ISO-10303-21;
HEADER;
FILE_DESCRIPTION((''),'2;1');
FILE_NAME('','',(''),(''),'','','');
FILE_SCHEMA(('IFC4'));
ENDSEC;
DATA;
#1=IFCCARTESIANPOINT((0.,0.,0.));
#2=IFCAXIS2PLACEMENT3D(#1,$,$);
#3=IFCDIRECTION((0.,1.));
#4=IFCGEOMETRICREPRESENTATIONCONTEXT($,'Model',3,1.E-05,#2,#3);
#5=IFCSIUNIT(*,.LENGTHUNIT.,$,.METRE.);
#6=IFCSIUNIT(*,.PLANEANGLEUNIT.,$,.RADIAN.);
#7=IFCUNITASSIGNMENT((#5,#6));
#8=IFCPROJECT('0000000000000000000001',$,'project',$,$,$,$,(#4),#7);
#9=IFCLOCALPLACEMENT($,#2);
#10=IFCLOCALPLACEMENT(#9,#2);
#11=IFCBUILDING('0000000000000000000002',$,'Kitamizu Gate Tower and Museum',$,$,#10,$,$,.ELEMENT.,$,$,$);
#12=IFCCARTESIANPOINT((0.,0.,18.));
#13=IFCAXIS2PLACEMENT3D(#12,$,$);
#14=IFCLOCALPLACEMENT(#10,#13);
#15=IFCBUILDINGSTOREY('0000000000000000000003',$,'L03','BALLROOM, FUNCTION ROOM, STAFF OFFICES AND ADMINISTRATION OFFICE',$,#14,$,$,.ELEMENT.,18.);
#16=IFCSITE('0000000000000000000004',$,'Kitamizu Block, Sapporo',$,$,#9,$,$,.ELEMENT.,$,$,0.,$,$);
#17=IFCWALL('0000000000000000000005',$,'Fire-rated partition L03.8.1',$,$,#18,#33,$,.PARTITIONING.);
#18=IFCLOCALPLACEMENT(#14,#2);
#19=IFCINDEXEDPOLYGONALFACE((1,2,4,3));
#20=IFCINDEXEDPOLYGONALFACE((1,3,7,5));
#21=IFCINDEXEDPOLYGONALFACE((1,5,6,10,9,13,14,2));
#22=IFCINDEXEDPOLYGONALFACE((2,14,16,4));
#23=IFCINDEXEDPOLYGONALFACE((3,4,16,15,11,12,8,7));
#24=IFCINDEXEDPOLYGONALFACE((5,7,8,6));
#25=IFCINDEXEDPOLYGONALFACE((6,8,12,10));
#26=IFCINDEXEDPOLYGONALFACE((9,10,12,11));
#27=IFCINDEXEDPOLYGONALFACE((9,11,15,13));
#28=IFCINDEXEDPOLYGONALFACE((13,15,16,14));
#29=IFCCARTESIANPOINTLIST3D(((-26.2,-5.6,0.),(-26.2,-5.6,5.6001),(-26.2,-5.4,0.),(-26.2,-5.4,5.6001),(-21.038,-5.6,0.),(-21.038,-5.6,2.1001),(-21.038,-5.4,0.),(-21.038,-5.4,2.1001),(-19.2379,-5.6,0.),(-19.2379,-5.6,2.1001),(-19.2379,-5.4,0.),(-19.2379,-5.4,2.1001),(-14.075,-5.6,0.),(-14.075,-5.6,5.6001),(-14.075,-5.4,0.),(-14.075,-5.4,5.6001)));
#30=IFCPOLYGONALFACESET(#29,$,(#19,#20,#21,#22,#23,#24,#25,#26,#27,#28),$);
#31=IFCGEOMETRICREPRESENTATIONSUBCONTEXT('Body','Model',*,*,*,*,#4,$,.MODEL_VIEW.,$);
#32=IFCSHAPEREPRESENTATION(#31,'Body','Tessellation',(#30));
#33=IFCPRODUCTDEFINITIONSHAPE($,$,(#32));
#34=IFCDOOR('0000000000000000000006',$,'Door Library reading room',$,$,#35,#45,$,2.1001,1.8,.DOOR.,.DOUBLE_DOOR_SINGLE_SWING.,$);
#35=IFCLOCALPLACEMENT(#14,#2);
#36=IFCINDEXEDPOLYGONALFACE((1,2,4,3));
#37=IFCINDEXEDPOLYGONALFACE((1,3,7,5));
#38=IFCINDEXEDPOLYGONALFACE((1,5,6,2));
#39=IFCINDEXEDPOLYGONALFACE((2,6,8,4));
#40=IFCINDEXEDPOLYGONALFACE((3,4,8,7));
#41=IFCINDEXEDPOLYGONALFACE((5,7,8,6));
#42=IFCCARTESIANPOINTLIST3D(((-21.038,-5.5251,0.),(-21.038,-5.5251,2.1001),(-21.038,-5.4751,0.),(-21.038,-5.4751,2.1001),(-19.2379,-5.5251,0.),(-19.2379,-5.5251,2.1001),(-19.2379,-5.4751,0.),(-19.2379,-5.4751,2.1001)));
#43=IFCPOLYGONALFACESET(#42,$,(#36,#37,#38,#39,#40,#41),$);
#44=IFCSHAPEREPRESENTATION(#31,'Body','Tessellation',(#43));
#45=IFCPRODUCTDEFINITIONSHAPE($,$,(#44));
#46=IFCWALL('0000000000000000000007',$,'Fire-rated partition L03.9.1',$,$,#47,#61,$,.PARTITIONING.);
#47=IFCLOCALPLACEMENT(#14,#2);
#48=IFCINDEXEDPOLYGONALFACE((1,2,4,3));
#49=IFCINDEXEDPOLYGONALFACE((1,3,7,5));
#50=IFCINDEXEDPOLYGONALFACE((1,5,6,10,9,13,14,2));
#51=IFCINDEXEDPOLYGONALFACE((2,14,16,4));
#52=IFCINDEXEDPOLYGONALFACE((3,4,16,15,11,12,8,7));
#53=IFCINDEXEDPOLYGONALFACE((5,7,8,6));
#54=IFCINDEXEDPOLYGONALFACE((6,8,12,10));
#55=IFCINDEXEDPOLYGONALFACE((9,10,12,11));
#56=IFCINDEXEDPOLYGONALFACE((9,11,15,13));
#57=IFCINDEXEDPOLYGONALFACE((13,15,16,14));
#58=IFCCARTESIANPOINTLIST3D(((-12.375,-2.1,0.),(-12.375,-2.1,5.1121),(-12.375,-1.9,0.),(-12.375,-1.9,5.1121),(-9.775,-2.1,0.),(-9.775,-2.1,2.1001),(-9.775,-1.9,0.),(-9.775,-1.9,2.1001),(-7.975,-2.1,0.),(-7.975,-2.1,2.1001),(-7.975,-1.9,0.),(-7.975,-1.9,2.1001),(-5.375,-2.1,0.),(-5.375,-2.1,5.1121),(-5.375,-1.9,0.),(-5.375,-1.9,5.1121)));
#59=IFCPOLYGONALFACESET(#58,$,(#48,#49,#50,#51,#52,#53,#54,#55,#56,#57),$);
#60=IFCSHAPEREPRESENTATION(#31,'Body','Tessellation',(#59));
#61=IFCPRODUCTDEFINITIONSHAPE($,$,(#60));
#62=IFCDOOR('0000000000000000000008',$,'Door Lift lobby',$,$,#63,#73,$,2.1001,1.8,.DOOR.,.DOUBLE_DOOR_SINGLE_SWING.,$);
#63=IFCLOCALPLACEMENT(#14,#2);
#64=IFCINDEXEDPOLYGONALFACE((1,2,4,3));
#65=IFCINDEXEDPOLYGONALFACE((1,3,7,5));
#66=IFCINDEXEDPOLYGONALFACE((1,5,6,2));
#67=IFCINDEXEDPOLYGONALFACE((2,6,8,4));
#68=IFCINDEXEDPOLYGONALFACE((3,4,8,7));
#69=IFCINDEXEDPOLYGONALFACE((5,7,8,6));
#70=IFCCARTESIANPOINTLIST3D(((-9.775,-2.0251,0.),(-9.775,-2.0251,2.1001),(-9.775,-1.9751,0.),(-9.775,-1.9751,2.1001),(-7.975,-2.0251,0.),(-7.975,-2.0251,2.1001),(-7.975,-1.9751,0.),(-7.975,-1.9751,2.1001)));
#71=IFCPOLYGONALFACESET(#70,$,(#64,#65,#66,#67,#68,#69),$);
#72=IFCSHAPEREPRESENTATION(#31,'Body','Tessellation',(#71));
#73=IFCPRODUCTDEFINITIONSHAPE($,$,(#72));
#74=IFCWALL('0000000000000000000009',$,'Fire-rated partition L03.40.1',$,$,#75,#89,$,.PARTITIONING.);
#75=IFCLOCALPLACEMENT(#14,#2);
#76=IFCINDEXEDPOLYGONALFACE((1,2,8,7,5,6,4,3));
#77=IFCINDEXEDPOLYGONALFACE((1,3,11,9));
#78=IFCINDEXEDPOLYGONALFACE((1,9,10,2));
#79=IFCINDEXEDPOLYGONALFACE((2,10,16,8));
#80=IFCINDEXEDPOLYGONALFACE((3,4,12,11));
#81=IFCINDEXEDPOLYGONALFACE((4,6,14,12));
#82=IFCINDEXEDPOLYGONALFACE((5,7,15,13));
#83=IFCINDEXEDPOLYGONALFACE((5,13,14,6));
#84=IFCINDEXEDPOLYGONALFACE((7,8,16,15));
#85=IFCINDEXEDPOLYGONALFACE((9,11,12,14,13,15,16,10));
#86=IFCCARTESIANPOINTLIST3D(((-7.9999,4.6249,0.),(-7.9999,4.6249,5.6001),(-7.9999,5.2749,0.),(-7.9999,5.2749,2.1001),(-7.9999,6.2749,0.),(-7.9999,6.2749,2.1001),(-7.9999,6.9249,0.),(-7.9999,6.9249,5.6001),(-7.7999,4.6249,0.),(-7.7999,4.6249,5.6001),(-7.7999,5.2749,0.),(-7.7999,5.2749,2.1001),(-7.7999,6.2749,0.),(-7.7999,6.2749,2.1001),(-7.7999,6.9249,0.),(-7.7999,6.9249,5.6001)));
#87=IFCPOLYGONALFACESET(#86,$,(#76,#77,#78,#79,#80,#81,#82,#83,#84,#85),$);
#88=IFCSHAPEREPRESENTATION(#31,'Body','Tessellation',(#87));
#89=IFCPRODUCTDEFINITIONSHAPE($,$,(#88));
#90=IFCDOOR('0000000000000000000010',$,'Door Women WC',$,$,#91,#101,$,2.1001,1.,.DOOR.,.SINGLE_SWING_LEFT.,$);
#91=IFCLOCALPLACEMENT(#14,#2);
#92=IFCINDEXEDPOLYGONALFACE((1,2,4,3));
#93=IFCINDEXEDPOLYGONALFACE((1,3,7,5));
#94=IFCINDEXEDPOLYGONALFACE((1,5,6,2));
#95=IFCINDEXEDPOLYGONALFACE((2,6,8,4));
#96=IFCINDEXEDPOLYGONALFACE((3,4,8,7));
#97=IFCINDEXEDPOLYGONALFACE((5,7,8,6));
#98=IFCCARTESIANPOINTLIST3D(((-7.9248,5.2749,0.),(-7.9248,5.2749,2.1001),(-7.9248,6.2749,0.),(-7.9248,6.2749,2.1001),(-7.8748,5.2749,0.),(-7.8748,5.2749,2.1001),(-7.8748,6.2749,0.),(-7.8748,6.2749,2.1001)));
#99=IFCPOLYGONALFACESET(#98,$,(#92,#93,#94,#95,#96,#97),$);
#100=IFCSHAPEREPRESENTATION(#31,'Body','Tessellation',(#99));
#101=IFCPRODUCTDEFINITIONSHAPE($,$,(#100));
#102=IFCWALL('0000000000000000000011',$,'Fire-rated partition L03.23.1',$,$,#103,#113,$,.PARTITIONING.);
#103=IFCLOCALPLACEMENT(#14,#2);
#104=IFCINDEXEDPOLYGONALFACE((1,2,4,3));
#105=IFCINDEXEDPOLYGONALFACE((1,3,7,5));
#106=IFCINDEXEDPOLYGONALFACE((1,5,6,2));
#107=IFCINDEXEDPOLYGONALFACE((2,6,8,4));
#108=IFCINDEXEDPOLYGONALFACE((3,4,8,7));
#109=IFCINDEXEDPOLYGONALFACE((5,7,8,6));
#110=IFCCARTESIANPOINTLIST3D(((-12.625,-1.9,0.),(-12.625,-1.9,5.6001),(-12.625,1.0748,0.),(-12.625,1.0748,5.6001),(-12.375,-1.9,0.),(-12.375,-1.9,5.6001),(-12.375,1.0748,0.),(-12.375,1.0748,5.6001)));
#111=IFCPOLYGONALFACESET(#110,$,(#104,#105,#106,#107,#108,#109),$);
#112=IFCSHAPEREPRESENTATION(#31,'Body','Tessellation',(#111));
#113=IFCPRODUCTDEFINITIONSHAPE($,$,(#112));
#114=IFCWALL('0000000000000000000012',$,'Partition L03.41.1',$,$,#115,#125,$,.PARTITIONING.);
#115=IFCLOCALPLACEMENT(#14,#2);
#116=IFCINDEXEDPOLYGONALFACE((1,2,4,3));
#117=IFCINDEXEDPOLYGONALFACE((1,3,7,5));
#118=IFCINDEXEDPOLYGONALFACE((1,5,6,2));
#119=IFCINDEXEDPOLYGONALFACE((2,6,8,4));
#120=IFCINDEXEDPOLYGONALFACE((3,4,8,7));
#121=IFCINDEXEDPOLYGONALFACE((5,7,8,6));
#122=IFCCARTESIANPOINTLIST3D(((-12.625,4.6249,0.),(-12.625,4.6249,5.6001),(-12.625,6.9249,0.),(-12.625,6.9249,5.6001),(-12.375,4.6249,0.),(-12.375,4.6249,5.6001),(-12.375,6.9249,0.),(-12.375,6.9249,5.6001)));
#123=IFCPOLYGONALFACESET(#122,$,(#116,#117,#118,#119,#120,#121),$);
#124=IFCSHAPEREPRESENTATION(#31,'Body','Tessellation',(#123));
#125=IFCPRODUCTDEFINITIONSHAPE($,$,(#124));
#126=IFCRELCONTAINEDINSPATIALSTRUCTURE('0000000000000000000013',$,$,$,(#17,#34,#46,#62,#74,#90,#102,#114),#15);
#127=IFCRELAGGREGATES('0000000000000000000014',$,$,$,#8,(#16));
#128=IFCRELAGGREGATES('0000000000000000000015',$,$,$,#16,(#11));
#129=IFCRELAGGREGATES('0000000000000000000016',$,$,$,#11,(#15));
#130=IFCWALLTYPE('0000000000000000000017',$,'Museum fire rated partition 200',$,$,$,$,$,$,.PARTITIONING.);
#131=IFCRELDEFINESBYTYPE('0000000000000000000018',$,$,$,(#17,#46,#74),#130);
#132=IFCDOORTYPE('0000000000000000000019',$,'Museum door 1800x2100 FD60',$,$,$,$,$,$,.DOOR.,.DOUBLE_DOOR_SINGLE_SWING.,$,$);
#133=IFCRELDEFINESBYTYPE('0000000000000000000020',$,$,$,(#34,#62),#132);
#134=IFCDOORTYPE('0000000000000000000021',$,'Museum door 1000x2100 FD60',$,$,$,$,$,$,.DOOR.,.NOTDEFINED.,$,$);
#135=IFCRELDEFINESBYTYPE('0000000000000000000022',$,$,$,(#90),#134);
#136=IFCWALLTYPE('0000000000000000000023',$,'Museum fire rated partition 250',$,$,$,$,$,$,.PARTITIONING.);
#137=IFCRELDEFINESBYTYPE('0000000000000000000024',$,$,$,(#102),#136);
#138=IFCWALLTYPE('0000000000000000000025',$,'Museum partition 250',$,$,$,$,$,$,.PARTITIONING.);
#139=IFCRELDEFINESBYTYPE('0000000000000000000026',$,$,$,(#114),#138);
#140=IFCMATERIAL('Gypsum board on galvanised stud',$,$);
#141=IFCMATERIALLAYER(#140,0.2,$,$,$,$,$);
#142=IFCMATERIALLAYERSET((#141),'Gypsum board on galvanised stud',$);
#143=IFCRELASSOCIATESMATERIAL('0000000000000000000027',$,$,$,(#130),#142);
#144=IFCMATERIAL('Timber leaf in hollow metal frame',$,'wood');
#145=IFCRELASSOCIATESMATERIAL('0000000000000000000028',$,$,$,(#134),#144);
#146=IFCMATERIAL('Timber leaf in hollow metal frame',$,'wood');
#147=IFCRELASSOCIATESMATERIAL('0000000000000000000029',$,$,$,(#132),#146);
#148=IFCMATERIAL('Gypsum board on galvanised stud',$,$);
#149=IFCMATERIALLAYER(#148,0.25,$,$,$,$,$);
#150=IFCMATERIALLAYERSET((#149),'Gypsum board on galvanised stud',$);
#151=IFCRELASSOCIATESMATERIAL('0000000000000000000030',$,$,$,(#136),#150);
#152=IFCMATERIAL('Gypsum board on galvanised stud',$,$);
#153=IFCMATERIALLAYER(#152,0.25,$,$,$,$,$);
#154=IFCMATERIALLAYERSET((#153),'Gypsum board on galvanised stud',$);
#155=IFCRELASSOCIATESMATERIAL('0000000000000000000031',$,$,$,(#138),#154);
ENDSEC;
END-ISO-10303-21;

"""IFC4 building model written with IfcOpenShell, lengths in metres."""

from ifc_helpers import new_model, si_unit, direction, frame, frame_2d, origin, place, context, subcontext, project, spatial, rectangle, extrude, material, layer, layer_set, type_object, element, fill, save


model = new_model("IFC4")

# Units and contexts
model_context = context("Model", 3, precision=1e-05, world=origin(), true_north=direction((0.0, 1.0)))
body_context = subcontext(model_context, "Body", "Model", "MODEL_VIEW")
ifc_project = project(units=[si_unit("LENGTHUNIT", "METRE"), si_unit("PLANEANGLEUNIT", "RADIAN")], contexts=[model_context])

# Site, building, storey
site_placement = place(None, origin())
site = spatial("IfcSite", under=ifc_project, at=site_placement, Name="Kitamizu Block, Sapporo", CompositionType="ELEMENT", RefElevation=0.0)
building_placement = place(site_placement, origin())
building = spatial("IfcBuilding", under=site, at=building_placement, Name="Kitamizu Gate Tower and Museum", CompositionType="ELEMENT")
storey_placement = place(building_placement, frame((0.0, 0.0, 18.0)))
storey = spatial("IfcBuildingStorey", under=building, at=storey_placement, Name="L03", Description="BALLROOM, FUNCTION ROOM, STAFF OFFICES AND ADMINISTRATION OFFICE", CompositionType="ELEMENT", Elevation=18.0)

# Shared definitions
ifc_material_1 = material(Name="Gypsum board on galvanised stud")
ifc_layer_1 = layer(ifc_material_1, 0.2)
ifc_layer_set_1 = layer_set([ifc_layer_1], Name="Gypsum board on galvanised stud")
wall_type_1 = type_object("IfcWallType", Name="Museum fire rated partition 200", PredefinedType="PARTITIONING", material=ifc_layer_set_1)

# Shared definitions
ifc_material_2 = material(Name="Timber leaf in hollow metal frame", Category="wood")
door_type_1 = type_object("IfcDoorType", Name="Museum door 1000x2100 FD60", OperationType="NOTDEFINED", PredefinedType="DOOR", material=ifc_material_2)

# Walls, openings, doors
wall_1_placement = place(storey_placement, frame((-26.2, -5.5, 0.0), z_axis=(0.0, 0.0, 1.0), x_axis=(1.0, 0.0, 0.0)))
wall_1 = element("IfcWall", 1, at=wall_1_placement, inside=storey, type_object=wall_type_1, Name="Fire-rated partition L03.8.1", PredefinedType="PARTITIONING", context=body_context, shape_type="SweptSolid", body=[
    extrude(rectangle(XDim=12.125, YDim=0.2, at=frame_2d((6.0625, 0.0))), origin(), (0.0, 0.0, 1.0), 5.6001),
])
opening_1_placement = place(wall_1_placement, frame((5.1621, 0.0, 0.0)))
opening_1 = element("IfcOpeningElement", 2, at=opening_1_placement, cuts=wall_1, PredefinedType="OPENING", context=body_context, shape_type="SweptSolid", body=[
    extrude(rectangle(XDim=1.8, YDim=2.1001, at=frame_2d((0.8999, 1.05))), frame((0.0, 0.1099, 0.0), z_axis=(0.0, -1.0, 0.0), x_axis=(1.0, 0.0, 0.0)), (0.0, 0.0, 1.0), 0.22),
])
ifc_material_3 = material(Name="Timber leaf in hollow metal frame", Category="wood")
door_type_2 = type_object("IfcDoorType", Name="Museum door 1800x2100 FD60", OperationType="DOUBLE_DOOR_SINGLE_SWING", PredefinedType="DOOR", material=ifc_material_3)
door_1_placement = place(opening_1_placement, origin())
door_1 = element("IfcDoor", 3, at=door_1_placement, inside=storey, type_object=door_type_2, Name="Door Library reading room", OperationType="DOUBLE_DOOR_SINGLE_SWING", OverallHeight=2.1001, OverallWidth=1.8, PredefinedType="DOOR", context=body_context, shape_type="SweptSolid", body=[
    extrude(rectangle(XDim=1.8, YDim=2.1001, at=frame_2d((0.8999, 1.05))), frame((0.0, 0.0249, 0.0), z_axis=(0.0, -1.0, 0.0), x_axis=(1.0, 0.0, 0.0)), (0.0, 0.0, 1.0), 0.05),
])
fill(opening_1, door_1)
wall_2_placement = place(storey_placement, frame((-12.375, -2.0, 0.0), z_axis=(0.0, 0.0, 1.0), x_axis=(1.0, 0.0, 0.0)))
wall_2 = element("IfcWall", 4, at=wall_2_placement, inside=storey, type_object=wall_type_1, Name="Fire-rated partition L03.9.1", PredefinedType="PARTITIONING", context=body_context, shape_type="SweptSolid", body=[
    extrude(rectangle(XDim=7.0, YDim=0.2, at=frame_2d((3.5, 0.0))), origin(), (0.0, 0.0, 1.0), 5.1121),
])
opening_2_placement = place(wall_2_placement, frame((2.6001, 0.0, 0.0)))
opening_2 = element("IfcOpeningElement", 5, at=opening_2_placement, cuts=wall_2, PredefinedType="OPENING", context=body_context, shape_type="SweptSolid", body=[
    extrude(rectangle(XDim=1.8, YDim=2.1001, at=frame_2d((0.8999, 1.05))), frame((0.0, 0.1099, 0.0), z_axis=(0.0, -1.0, 0.0), x_axis=(1.0, 0.0, 0.0)), (0.0, 0.0, 1.0), 0.22),
])
door_2_placement = place(opening_2_placement, origin())
door_2 = element("IfcDoor", 6, at=door_2_placement, inside=storey, type_object=door_type_2, Name="Door Lift lobby", OperationType="DOUBLE_DOOR_SINGLE_SWING", OverallHeight=2.1001, OverallWidth=1.8, PredefinedType="DOOR", context=body_context, shape_type="SweptSolid", body=[
    extrude(rectangle(XDim=1.8, YDim=2.1001, at=frame_2d((0.8999, 1.05))), frame((0.0, 0.0249, 0.0), z_axis=(0.0, -1.0, 0.0), x_axis=(1.0, 0.0, 0.0)), (0.0, 0.0, 1.0), 0.05),
])
fill(opening_2, door_2)
wall_3_placement = place(storey_placement, frame((-7.8999, 4.625, 0.0), z_axis=(0.0, 0.0, 1.0), x_axis=(0.0, 1.0, 0.0)))
wall_3 = element("IfcWall", 7, at=wall_3_placement, inside=storey, type_object=wall_type_1, Name="Fire-rated partition L03.40.1", PredefinedType="PARTITIONING", context=body_context, shape_type="SweptSolid", body=[
    extrude(rectangle(XDim=2.3, YDim=0.2, at=frame_2d((1.1499, 0.0))), origin(), (0.0, 0.0, 1.0), 5.6001),
])
opening_3_placement = place(wall_3_placement, frame((0.6499, 0.0, 0.0)))
opening_3 = element("IfcOpeningElement", 8, at=opening_3_placement, cuts=wall_3, PredefinedType="OPENING", context=body_context, shape_type="SweptSolid", body=[
    extrude(rectangle(XDim=1.0, YDim=2.1001, at=frame_2d((0.5, 1.05))), frame((0.0, 0.1099, 0.0), z_axis=(0.0, -1.0, 0.0), x_axis=(1.0, 0.0, 0.0)), (0.0, 0.0, 1.0), 0.22),
])
door_3_placement = place(opening_3_placement, origin())
door_3 = element("IfcDoor", 9, at=door_3_placement, inside=storey, type_object=door_type_1, Name="Door Women WC", OperationType="SINGLE_SWING_LEFT", OverallHeight=2.1001, OverallWidth=1.0, PredefinedType="DOOR", context=body_context, shape_type="SweptSolid", body=[
    extrude(rectangle(XDim=1.0, YDim=2.1001, at=frame_2d((0.5, 1.05))), frame((0.0, 0.0249, 0.0), z_axis=(0.0, -1.0, 0.0), x_axis=(1.0, 0.0, 0.0)), (0.0, 0.0, 1.0), 0.05),
])
fill(opening_3, door_3)

# Walls
ifc_material_4 = material(Name="Gypsum board on galvanised stud")
ifc_layer_2 = layer(ifc_material_4, 0.25)
ifc_layer_set_2 = layer_set([ifc_layer_2], Name="Gypsum board on galvanised stud")
wall_type_2 = type_object("IfcWallType", Name="Museum fire rated partition 250", PredefinedType="PARTITIONING", material=ifc_layer_set_2)
wall_4_placement = place(storey_placement, frame((-12.5, -1.8999, 0.0), z_axis=(0.0, 0.0, 1.0), x_axis=(0.0, 1.0, 0.0)))
element("IfcWall", 10, at=wall_4_placement, inside=storey, type_object=wall_type_2, Name="Fire-rated partition L03.23.1", PredefinedType="PARTITIONING", context=body_context, shape_type="SweptSolid", body=[
    extrude(rectangle(XDim=2.9749, YDim=0.25, at=frame_2d((1.4873, 0.0))), origin(), (0.0, 0.0, 1.0), 5.6001),
])
ifc_material_5 = material(Name="Gypsum board on galvanised stud")
ifc_layer_3 = layer(ifc_material_5, 0.25)
ifc_layer_set_3 = layer_set([ifc_layer_3], Name="Gypsum board on galvanised stud")
wall_type_3 = type_object("IfcWallType", Name="Museum partition 250", PredefinedType="PARTITIONING", material=ifc_layer_set_3)
wall_5_placement = place(storey_placement, frame((-12.5, 4.625, 0.0), z_axis=(0.0, 0.0, 1.0), x_axis=(0.0, 1.0, 0.0)))
element("IfcWall", 11, at=wall_5_placement, inside=storey, type_object=wall_type_3, Name="Partition L03.41.1", PredefinedType="PARTITIONING", context=body_context, shape_type="SweptSolid", body=[
    extrude(rectangle(XDim=2.3, YDim=0.25, at=frame_2d((1.1499, 0.0))), origin(), (0.0, 0.0, 1.0), 5.6001),
])

save(model, "model.ifc")
